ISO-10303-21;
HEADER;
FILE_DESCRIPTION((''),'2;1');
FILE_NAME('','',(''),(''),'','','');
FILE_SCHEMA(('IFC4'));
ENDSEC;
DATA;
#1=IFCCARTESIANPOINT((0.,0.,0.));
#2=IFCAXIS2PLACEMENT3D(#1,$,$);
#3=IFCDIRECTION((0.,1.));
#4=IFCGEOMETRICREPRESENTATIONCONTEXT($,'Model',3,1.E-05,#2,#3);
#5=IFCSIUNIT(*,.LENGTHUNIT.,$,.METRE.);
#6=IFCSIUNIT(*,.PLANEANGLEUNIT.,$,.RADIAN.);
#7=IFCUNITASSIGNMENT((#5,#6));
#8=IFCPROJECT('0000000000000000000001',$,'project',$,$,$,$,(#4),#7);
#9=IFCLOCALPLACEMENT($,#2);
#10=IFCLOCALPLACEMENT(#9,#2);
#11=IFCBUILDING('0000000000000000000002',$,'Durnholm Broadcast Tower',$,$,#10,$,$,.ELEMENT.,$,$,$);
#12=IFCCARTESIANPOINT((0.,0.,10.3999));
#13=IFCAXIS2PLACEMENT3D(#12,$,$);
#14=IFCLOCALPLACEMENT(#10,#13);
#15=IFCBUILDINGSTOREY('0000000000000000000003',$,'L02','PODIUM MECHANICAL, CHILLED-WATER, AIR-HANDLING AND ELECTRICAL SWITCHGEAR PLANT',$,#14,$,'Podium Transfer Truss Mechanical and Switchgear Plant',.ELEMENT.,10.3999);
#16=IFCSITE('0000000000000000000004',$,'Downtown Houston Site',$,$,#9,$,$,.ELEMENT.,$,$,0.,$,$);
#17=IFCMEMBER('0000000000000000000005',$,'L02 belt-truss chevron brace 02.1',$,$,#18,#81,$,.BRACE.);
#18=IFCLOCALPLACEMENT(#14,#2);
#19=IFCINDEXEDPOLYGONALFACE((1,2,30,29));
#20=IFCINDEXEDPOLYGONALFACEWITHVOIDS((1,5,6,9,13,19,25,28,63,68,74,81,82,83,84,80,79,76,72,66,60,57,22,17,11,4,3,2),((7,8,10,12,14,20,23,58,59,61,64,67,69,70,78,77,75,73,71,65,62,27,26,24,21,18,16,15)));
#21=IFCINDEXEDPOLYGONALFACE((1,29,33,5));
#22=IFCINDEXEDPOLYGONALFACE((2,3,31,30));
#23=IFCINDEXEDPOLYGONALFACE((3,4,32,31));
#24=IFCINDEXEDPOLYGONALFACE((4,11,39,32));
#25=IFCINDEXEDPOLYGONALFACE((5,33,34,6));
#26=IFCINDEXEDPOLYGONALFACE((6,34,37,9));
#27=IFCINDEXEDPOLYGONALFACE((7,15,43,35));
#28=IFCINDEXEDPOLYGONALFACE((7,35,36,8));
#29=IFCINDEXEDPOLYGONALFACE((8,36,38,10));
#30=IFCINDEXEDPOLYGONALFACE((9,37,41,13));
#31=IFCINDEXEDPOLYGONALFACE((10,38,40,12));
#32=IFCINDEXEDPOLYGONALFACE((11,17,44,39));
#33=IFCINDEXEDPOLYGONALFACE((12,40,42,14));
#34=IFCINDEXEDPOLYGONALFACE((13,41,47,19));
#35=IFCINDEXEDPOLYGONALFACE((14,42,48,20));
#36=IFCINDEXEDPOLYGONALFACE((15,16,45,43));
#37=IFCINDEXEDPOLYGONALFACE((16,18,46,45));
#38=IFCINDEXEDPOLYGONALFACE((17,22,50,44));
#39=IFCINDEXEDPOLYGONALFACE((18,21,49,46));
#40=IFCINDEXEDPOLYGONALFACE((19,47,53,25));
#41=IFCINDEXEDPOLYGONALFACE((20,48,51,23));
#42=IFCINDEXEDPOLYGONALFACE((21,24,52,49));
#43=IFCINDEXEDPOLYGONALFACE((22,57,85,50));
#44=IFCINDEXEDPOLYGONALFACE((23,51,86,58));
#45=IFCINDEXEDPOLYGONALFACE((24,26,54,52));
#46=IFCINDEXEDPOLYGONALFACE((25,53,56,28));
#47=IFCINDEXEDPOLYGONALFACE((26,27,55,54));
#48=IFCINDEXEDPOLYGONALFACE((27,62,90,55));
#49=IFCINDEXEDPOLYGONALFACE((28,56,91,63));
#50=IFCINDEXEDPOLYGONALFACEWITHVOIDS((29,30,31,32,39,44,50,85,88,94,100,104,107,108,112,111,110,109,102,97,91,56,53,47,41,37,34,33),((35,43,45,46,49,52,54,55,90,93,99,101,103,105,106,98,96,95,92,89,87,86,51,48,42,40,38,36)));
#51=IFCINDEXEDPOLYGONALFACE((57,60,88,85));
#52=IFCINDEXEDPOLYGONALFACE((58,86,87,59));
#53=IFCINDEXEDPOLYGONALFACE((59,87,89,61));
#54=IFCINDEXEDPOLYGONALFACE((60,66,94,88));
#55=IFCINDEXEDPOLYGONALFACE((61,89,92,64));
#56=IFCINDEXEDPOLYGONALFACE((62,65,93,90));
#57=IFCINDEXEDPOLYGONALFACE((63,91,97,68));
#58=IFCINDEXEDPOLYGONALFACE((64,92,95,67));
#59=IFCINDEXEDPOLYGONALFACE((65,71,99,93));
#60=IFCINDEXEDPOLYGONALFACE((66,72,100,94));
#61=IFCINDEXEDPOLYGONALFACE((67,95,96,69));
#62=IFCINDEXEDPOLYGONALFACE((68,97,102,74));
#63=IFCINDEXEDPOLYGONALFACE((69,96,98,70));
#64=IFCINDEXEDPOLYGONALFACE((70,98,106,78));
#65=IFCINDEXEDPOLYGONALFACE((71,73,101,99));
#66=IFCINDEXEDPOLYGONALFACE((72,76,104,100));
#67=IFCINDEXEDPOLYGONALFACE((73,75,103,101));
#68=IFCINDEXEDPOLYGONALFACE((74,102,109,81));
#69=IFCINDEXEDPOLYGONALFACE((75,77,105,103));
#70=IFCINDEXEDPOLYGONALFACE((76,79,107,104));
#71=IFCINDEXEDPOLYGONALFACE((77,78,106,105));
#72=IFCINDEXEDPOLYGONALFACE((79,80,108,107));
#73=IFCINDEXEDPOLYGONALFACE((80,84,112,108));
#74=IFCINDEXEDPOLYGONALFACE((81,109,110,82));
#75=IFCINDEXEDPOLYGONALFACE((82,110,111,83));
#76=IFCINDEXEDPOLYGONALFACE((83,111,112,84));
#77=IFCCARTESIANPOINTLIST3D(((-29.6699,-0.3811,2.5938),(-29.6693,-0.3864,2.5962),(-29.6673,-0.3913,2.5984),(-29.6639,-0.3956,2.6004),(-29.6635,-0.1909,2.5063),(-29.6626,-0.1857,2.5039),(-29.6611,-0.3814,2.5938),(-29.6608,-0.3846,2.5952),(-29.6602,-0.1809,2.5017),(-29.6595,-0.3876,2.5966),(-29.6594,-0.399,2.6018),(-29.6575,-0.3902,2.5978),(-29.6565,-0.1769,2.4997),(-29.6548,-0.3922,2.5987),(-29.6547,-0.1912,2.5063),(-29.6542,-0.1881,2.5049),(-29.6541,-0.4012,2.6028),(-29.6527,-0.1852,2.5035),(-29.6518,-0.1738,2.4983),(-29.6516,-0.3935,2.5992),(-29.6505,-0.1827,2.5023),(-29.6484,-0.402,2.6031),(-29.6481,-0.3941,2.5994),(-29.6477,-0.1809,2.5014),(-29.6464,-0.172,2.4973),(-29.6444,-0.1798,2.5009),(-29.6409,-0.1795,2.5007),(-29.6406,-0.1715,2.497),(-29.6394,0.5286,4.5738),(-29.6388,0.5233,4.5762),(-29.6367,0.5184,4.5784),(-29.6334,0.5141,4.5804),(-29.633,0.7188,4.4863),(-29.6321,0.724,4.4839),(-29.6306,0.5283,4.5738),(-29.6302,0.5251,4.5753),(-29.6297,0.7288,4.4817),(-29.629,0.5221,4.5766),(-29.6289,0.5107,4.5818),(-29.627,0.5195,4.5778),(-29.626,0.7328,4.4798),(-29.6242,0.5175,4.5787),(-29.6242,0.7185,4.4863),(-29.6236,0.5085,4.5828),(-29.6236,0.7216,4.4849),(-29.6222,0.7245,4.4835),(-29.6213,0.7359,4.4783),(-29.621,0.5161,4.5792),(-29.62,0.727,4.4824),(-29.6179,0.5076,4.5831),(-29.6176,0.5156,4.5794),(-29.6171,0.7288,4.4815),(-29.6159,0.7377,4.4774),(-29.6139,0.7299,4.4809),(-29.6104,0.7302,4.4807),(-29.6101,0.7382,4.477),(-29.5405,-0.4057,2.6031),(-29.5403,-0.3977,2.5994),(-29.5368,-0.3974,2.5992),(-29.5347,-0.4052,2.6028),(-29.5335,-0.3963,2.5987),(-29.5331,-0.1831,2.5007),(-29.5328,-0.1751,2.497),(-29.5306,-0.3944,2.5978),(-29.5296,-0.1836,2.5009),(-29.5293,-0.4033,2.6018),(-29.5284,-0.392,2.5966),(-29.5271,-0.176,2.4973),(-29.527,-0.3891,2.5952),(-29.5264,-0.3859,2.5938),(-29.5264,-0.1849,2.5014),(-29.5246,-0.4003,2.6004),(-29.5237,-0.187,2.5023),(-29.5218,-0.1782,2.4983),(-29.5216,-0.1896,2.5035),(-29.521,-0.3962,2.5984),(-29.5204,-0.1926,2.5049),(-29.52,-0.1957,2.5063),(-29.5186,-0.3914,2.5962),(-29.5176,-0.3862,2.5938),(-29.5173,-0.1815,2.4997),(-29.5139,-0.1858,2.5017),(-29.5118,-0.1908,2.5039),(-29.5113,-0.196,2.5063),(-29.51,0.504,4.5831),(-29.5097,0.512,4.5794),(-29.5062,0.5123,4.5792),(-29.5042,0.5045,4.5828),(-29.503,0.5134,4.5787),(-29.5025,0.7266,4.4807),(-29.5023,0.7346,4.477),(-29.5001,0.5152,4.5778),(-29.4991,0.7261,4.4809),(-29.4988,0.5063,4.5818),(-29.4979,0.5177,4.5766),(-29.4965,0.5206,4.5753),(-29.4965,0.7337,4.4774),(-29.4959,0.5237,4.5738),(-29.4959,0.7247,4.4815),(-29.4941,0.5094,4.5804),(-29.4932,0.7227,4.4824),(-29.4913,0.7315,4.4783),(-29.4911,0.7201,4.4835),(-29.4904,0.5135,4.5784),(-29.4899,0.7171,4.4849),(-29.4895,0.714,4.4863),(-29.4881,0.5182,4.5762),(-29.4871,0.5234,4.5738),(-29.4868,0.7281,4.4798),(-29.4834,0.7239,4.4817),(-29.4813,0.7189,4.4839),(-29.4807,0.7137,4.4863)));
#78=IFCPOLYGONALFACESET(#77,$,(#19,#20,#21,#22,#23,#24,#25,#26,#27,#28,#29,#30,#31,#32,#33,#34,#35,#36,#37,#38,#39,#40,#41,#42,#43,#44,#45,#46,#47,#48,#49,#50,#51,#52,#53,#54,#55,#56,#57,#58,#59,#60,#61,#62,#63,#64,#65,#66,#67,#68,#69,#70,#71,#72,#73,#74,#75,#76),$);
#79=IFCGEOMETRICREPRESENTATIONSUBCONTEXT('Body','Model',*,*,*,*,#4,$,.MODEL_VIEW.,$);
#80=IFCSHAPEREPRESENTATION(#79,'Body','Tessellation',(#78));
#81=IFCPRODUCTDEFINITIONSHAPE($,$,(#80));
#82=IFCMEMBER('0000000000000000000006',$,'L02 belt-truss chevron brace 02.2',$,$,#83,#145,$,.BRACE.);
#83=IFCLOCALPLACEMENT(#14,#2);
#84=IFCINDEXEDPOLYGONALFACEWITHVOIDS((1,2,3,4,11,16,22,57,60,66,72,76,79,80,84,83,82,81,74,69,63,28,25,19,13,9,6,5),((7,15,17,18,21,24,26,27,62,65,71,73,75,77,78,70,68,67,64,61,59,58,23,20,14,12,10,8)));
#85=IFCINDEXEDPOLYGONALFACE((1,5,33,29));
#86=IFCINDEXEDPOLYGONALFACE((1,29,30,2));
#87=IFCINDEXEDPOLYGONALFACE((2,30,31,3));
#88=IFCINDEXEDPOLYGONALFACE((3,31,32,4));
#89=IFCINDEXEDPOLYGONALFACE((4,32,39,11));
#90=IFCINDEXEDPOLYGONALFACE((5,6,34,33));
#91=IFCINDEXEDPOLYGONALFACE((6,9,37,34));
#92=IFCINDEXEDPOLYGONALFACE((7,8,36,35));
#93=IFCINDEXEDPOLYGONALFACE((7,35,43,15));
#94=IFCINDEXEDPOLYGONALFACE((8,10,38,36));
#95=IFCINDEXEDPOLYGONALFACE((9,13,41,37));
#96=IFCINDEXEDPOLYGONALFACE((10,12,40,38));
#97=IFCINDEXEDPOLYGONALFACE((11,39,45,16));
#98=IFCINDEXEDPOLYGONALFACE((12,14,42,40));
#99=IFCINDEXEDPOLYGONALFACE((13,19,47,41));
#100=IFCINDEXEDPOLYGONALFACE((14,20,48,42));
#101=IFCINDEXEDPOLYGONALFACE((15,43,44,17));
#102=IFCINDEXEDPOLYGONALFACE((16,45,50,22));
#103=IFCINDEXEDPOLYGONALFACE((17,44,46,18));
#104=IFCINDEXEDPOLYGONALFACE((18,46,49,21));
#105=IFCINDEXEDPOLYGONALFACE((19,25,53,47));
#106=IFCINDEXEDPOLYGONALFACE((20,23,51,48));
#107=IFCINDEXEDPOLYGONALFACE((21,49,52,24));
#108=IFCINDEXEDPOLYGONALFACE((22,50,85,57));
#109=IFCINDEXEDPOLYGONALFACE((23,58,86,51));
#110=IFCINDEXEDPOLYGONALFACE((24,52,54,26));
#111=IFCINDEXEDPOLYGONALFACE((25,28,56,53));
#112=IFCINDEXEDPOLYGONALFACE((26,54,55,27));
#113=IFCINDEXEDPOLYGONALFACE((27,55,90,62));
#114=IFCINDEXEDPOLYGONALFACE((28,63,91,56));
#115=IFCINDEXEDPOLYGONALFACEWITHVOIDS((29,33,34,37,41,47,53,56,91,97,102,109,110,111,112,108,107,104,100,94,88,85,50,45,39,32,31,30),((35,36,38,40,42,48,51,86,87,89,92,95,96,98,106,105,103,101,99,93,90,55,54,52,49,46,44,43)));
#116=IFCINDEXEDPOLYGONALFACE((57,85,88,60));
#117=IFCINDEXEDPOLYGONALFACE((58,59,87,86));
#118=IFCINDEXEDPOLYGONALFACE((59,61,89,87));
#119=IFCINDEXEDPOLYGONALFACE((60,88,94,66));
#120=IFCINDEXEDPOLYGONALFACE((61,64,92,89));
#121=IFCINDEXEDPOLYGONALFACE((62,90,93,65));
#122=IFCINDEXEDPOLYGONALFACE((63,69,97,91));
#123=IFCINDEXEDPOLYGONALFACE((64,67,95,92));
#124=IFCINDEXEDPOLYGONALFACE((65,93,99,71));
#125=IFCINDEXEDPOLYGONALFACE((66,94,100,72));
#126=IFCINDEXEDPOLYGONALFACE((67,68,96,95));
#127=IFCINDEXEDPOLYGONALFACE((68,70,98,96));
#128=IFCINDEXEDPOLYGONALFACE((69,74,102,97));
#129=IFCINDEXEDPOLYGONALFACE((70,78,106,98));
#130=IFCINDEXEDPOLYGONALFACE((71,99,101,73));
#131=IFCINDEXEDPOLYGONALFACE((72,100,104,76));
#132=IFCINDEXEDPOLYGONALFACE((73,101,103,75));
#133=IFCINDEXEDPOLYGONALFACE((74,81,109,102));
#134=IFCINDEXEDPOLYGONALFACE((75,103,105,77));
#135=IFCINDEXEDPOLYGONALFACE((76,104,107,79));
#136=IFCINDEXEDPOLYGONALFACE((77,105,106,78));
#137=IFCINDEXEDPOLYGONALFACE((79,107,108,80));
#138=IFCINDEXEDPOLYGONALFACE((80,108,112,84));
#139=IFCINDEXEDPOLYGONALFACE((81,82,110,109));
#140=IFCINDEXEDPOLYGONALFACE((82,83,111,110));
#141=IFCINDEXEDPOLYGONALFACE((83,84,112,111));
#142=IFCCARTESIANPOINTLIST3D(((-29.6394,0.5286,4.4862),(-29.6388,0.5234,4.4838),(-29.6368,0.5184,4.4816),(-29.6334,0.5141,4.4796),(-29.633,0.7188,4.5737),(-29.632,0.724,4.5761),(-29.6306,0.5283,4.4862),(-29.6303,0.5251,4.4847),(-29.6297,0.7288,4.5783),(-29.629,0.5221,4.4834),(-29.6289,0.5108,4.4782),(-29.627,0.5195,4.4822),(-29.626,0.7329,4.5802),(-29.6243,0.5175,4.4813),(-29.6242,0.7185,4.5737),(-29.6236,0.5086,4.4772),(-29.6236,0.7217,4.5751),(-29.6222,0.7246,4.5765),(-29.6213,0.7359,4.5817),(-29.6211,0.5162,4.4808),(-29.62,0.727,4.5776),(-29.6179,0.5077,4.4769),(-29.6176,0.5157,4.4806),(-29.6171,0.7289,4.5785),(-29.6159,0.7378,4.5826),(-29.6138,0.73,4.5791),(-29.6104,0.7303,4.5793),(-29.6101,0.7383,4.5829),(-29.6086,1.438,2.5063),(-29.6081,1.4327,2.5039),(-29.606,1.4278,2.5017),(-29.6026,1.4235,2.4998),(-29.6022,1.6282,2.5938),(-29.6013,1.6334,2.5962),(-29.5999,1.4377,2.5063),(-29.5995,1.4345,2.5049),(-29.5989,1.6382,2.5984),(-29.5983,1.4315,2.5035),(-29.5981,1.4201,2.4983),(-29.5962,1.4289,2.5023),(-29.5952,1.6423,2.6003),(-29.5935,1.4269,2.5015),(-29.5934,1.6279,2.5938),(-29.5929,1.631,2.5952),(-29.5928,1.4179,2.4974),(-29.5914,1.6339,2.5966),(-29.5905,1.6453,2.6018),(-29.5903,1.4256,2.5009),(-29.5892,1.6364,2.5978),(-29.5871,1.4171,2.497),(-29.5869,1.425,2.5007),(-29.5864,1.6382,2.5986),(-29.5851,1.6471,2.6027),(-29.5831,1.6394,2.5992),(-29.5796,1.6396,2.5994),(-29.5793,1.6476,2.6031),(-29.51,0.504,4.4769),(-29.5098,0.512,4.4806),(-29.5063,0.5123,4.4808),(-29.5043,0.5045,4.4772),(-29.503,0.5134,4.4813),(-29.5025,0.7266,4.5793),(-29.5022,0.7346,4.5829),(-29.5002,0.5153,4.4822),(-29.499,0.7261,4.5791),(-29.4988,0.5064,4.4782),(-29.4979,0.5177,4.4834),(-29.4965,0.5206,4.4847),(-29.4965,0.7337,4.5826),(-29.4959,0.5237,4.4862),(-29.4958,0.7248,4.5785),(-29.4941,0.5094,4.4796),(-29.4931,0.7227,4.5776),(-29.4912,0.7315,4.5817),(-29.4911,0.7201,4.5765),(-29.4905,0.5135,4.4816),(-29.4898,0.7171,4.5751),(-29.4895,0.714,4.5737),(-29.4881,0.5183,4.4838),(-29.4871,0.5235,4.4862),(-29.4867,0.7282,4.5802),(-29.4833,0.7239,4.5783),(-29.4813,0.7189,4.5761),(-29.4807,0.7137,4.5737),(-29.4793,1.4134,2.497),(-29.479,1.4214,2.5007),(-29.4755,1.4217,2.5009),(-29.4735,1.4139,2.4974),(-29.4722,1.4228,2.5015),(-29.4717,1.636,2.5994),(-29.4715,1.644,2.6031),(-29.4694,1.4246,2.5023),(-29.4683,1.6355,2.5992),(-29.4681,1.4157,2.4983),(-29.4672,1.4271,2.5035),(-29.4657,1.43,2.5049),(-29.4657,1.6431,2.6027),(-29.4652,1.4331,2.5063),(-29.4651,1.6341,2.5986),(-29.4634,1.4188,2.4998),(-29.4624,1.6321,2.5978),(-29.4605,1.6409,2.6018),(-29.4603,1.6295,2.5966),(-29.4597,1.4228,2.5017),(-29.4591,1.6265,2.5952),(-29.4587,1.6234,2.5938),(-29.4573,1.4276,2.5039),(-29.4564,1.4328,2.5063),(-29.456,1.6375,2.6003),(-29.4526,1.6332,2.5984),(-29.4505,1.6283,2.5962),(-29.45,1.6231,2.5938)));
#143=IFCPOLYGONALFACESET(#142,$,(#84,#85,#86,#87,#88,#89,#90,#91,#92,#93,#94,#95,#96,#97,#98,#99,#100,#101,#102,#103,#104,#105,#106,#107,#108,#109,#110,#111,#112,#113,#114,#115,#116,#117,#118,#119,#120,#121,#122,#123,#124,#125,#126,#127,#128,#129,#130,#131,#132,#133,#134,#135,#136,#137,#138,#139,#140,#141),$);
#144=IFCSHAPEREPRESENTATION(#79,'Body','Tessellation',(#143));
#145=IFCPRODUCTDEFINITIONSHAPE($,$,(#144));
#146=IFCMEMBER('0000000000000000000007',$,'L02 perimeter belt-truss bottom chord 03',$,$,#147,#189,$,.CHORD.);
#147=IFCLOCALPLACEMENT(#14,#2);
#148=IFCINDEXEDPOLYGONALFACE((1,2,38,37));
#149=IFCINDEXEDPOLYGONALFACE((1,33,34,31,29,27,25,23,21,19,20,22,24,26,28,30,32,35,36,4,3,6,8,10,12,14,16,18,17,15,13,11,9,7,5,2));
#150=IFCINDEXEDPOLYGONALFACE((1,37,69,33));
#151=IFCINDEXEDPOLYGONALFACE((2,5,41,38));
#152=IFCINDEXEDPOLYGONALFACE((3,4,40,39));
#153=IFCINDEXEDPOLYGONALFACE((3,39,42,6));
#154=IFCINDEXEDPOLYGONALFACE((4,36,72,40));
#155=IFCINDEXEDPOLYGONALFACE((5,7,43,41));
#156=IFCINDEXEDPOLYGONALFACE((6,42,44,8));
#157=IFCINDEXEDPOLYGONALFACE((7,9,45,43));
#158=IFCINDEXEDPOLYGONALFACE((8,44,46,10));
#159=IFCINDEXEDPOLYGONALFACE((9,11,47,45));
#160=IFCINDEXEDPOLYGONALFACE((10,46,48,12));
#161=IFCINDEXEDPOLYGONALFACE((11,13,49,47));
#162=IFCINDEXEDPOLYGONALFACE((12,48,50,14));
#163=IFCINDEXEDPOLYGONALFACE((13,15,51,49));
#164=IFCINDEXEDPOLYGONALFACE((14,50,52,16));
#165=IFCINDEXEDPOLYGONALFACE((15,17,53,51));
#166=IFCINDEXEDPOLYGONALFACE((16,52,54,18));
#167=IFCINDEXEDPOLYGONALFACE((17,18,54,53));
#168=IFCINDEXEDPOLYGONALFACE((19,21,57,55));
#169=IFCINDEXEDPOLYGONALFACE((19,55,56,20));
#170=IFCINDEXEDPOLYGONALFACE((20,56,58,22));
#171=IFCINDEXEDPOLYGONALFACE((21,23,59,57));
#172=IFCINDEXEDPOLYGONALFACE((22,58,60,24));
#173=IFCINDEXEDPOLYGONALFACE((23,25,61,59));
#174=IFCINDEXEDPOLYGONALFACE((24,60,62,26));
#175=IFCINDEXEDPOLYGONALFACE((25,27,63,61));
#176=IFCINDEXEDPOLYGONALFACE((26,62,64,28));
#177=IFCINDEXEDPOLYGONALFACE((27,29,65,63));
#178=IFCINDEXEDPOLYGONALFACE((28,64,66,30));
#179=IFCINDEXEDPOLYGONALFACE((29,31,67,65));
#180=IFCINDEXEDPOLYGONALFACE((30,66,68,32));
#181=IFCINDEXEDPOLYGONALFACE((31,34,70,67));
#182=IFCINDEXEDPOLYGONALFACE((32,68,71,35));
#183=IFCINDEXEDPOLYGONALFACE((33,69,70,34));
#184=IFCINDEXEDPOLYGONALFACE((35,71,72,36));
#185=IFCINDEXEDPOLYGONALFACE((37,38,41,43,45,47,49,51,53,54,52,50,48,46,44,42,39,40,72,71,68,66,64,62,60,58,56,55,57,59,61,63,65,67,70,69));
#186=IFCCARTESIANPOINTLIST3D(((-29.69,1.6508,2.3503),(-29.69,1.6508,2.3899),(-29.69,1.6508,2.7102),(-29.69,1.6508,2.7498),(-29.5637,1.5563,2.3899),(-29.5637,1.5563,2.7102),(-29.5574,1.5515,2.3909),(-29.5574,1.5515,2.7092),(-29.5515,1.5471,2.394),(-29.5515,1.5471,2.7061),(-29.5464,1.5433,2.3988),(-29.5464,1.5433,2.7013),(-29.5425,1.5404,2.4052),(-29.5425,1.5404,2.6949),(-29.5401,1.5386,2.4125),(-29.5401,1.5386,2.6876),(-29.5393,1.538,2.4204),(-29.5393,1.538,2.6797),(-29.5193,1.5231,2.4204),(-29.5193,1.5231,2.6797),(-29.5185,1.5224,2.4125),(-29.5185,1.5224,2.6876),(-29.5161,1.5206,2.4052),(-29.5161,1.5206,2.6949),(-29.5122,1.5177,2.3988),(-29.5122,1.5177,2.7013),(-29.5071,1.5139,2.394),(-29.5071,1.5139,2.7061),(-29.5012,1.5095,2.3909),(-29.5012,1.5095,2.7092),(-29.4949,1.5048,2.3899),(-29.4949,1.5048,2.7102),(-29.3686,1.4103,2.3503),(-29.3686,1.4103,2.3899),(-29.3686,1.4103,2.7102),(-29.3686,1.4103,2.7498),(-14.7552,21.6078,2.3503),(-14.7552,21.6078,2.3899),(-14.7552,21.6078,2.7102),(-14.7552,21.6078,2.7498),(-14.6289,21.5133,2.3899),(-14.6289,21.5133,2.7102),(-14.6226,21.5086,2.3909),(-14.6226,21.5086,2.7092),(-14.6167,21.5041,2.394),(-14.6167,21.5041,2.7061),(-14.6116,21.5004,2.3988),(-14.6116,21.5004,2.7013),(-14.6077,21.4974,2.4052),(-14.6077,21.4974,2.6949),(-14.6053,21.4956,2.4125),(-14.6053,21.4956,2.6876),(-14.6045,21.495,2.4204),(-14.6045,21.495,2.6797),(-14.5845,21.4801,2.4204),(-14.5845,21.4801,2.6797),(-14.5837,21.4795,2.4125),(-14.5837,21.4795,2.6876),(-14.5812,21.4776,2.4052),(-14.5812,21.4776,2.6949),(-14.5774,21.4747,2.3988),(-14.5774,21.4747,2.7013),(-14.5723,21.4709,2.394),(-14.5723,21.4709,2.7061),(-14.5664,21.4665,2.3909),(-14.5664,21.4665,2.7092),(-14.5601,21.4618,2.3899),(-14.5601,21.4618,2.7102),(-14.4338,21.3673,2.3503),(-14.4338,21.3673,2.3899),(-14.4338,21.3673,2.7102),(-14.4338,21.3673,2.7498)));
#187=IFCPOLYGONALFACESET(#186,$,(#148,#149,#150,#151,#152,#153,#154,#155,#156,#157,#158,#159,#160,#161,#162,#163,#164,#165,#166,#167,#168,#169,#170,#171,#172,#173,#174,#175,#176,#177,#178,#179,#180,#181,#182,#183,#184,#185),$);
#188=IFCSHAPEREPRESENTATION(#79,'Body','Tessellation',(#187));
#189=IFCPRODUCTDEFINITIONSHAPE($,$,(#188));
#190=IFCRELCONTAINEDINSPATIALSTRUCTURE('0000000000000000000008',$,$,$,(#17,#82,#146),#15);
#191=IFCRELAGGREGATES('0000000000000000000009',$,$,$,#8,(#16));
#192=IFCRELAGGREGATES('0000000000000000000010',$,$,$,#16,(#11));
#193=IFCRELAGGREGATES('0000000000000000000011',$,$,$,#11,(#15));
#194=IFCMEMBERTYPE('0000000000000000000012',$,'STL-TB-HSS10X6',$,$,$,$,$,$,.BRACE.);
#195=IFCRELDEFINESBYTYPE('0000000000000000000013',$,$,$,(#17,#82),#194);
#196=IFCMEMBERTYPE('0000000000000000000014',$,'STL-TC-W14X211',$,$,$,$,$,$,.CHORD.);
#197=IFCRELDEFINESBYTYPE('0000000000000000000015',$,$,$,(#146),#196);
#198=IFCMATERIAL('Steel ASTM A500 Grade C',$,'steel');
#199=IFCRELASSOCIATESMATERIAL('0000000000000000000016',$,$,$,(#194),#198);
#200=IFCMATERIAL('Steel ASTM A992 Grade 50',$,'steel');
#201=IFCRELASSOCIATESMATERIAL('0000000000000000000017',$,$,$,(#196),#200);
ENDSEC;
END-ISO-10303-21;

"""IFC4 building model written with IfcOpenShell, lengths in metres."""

from ifc_helpers import new_model, si_unit, direction, frame, origin, origin_2d, place, context, subcontext, project, spatial, hollow_rectangle, i_section, extrude, source, transform, mapped, material, material_profile, profile_set, type_object, type_shapes, element, save


model = new_model("IFC4")

# Units and contexts
model_context = context("Model", 3, precision=1e-05, world=origin(), true_north=direction((0.0, 1.0)))
body_context = subcontext(model_context, "Body", "Model", "MODEL_VIEW")
ifc_project = project(units=[si_unit("LENGTHUNIT", "METRE"), si_unit("PLANEANGLEUNIT", "RADIAN")], contexts=[model_context])

# Site, building, storey
site_placement = place(None, origin())
site = spatial("IfcSite", under=ifc_project, at=site_placement, Name="Downtown Houston Site", CompositionType="ELEMENT", RefElevation=0.0)
building_placement = place(site_placement, origin())
building = spatial("IfcBuilding", under=site, at=building_placement, Name="Durnholm Broadcast Tower", CompositionType="ELEMENT")
storey_placement = place(building_placement, frame((0.0, 0.0, 10.3999)))
storey = spatial("IfcBuildingStorey", under=building, at=storey_placement, Name="L02", Description="PODIUM MECHANICAL, CHILLED-WATER, AIR-HANDLING AND ELECTRICAL SWITCHGEAR PLANT", LongName="Podium Transfer Truss Mechanical and Switchgear Plant", CompositionType="ELEMENT", Elevation=10.3999)

# Shared definitions
ifc_material_1 = material(Name="Steel ASTM A992 Grade 50", Category="steel")

# Members
ifc_material_2 = material(Name="Steel ASTM A500 Grade C", Category="steel")
ifc_material_profile_1 = material_profile(ifc_material_2, hollow_rectangle(XDim=0.1523, YDim=0.2539, WallThickness=0.0088, InnerFilletRadius=0.0134, OuterFilletRadius=0.0222, at=origin_2d()), Name="HSS10X6X3/8")
ifc_profile_set_1 = profile_set([ifc_material_profile_1], Name="Steel ASTM A500 Grade C")
member_type_1 = type_object("IfcMemberType", Name="STL-TB-HSS10X6", PredefinedType="BRACE", material=ifc_profile_set_1)
shared_shape_1 = source(origin(), body_context, "Body", "SweptSolid", [
    extrude(hollow_rectangle(XDim=0.1523, YDim=0.2539, WallThickness=0.0088, InnerFilletRadius=0.0134, OuterFilletRadius=0.0222, at=origin_2d()), origin(), (0.0, 0.0, 1.0), 2.1792),
])
member_1_placement = place(storey_placement, frame((-29.5906, -0.2886, 2.55), z_axis=(0.014004, 0.417439, 0.908597), x_axis=(-0.999438, 0.033529, 0.0)))
element("IfcMember", 1, at=member_1_placement, inside=storey, type_object=member_type_1, Name="L02 belt-truss chevron brace 02.1", PredefinedType="BRACE", context=body_context, shape_type="MappedRepresentation", body=[
    mapped(shared_shape_1, transform((0.0, 0.0, 0.0), x_axis=(1.0, 0.0, 0.0), y_axis=(0.0, 1.0, 0.0), z_axis=(0.0, 0.0, 1.0), scale=1.0)),
])
shared_shape_2 = source(origin(), body_context, "Body", "SweptSolid", [
    extrude(hollow_rectangle(XDim=0.1523, YDim=0.2539, WallThickness=0.0088, InnerFilletRadius=0.0134, OuterFilletRadius=0.0222, at=origin_2d()), origin(), (0.0, 0.0, 1.0), 2.179),
])
type_shapes(member_type_1, [shared_shape_1, shared_shape_2])
member_2_placement = place(storey_placement, frame((-29.5293, 1.5305, 2.55), z_axis=(-0.014117, -0.417346, 0.908638), x_axis=(0.999428, -0.033806, 0.0)))
element("IfcMember", 2, at=member_2_placement, inside=storey, type_object=member_type_1, Name="L02 belt-truss chevron brace 02.2", PredefinedType="BRACE", context=body_context, shape_type="MappedRepresentation", body=[
    mapped(shared_shape_2, transform((0.0, 0.0, 0.0), x_axis=(1.0, 0.0, 0.0), y_axis=(0.0, 1.0, 0.0), z_axis=(0.0, 0.0, 1.0), scale=1.0)),
])
ifc_material_profile_2 = material_profile(ifc_material_1, i_section(OverallWidth=0.4014, OverallDepth=0.3994, WebThickness=0.0249, FlangeThickness=0.0396, FilletRadius=0.0305, at=origin_2d()), Name="W14X211")
ifc_profile_set_2 = profile_set([ifc_material_profile_2], Name="Steel ASTM A992 Grade 50")
member_type_2 = type_object("IfcMemberType", Name="STL-TC-W14X211", PredefinedType="CHORD", material=ifc_profile_set_2)
shared_shape_3 = source(origin(), body_context, "Body", "SweptSolid", [
    extrude(i_section(OverallWidth=0.4014, OverallDepth=0.3994, WebThickness=0.0249, FlangeThickness=0.0396, FilletRadius=0.0305, at=origin_2d()), origin(), (0.0, 0.0, 1.0), 24.9265),
])
type_shapes(member_type_2, [shared_shape_3])
member_3_placement = place(storey_placement, frame((-29.5293, 1.5305, 2.55), z_axis=(0.599153, 0.800634, 0.0), x_axis=(-0.800634, 0.599153, 0.0)))
element("IfcMember", 3, at=member_3_placement, inside=storey, type_object=member_type_2, Name="L02 perimeter belt-truss bottom chord 03", PredefinedType="CHORD", context=body_context, shape_type="MappedRepresentation", body=[
    mapped(shared_shape_3, transform((0.0, 0.0, 0.0), x_axis=(1.0, 0.0, 0.0), y_axis=(0.0, 1.0, 0.0), z_axis=(0.0, 0.0, 1.0), scale=1.0)),
])

save(model, "model.ifc")
